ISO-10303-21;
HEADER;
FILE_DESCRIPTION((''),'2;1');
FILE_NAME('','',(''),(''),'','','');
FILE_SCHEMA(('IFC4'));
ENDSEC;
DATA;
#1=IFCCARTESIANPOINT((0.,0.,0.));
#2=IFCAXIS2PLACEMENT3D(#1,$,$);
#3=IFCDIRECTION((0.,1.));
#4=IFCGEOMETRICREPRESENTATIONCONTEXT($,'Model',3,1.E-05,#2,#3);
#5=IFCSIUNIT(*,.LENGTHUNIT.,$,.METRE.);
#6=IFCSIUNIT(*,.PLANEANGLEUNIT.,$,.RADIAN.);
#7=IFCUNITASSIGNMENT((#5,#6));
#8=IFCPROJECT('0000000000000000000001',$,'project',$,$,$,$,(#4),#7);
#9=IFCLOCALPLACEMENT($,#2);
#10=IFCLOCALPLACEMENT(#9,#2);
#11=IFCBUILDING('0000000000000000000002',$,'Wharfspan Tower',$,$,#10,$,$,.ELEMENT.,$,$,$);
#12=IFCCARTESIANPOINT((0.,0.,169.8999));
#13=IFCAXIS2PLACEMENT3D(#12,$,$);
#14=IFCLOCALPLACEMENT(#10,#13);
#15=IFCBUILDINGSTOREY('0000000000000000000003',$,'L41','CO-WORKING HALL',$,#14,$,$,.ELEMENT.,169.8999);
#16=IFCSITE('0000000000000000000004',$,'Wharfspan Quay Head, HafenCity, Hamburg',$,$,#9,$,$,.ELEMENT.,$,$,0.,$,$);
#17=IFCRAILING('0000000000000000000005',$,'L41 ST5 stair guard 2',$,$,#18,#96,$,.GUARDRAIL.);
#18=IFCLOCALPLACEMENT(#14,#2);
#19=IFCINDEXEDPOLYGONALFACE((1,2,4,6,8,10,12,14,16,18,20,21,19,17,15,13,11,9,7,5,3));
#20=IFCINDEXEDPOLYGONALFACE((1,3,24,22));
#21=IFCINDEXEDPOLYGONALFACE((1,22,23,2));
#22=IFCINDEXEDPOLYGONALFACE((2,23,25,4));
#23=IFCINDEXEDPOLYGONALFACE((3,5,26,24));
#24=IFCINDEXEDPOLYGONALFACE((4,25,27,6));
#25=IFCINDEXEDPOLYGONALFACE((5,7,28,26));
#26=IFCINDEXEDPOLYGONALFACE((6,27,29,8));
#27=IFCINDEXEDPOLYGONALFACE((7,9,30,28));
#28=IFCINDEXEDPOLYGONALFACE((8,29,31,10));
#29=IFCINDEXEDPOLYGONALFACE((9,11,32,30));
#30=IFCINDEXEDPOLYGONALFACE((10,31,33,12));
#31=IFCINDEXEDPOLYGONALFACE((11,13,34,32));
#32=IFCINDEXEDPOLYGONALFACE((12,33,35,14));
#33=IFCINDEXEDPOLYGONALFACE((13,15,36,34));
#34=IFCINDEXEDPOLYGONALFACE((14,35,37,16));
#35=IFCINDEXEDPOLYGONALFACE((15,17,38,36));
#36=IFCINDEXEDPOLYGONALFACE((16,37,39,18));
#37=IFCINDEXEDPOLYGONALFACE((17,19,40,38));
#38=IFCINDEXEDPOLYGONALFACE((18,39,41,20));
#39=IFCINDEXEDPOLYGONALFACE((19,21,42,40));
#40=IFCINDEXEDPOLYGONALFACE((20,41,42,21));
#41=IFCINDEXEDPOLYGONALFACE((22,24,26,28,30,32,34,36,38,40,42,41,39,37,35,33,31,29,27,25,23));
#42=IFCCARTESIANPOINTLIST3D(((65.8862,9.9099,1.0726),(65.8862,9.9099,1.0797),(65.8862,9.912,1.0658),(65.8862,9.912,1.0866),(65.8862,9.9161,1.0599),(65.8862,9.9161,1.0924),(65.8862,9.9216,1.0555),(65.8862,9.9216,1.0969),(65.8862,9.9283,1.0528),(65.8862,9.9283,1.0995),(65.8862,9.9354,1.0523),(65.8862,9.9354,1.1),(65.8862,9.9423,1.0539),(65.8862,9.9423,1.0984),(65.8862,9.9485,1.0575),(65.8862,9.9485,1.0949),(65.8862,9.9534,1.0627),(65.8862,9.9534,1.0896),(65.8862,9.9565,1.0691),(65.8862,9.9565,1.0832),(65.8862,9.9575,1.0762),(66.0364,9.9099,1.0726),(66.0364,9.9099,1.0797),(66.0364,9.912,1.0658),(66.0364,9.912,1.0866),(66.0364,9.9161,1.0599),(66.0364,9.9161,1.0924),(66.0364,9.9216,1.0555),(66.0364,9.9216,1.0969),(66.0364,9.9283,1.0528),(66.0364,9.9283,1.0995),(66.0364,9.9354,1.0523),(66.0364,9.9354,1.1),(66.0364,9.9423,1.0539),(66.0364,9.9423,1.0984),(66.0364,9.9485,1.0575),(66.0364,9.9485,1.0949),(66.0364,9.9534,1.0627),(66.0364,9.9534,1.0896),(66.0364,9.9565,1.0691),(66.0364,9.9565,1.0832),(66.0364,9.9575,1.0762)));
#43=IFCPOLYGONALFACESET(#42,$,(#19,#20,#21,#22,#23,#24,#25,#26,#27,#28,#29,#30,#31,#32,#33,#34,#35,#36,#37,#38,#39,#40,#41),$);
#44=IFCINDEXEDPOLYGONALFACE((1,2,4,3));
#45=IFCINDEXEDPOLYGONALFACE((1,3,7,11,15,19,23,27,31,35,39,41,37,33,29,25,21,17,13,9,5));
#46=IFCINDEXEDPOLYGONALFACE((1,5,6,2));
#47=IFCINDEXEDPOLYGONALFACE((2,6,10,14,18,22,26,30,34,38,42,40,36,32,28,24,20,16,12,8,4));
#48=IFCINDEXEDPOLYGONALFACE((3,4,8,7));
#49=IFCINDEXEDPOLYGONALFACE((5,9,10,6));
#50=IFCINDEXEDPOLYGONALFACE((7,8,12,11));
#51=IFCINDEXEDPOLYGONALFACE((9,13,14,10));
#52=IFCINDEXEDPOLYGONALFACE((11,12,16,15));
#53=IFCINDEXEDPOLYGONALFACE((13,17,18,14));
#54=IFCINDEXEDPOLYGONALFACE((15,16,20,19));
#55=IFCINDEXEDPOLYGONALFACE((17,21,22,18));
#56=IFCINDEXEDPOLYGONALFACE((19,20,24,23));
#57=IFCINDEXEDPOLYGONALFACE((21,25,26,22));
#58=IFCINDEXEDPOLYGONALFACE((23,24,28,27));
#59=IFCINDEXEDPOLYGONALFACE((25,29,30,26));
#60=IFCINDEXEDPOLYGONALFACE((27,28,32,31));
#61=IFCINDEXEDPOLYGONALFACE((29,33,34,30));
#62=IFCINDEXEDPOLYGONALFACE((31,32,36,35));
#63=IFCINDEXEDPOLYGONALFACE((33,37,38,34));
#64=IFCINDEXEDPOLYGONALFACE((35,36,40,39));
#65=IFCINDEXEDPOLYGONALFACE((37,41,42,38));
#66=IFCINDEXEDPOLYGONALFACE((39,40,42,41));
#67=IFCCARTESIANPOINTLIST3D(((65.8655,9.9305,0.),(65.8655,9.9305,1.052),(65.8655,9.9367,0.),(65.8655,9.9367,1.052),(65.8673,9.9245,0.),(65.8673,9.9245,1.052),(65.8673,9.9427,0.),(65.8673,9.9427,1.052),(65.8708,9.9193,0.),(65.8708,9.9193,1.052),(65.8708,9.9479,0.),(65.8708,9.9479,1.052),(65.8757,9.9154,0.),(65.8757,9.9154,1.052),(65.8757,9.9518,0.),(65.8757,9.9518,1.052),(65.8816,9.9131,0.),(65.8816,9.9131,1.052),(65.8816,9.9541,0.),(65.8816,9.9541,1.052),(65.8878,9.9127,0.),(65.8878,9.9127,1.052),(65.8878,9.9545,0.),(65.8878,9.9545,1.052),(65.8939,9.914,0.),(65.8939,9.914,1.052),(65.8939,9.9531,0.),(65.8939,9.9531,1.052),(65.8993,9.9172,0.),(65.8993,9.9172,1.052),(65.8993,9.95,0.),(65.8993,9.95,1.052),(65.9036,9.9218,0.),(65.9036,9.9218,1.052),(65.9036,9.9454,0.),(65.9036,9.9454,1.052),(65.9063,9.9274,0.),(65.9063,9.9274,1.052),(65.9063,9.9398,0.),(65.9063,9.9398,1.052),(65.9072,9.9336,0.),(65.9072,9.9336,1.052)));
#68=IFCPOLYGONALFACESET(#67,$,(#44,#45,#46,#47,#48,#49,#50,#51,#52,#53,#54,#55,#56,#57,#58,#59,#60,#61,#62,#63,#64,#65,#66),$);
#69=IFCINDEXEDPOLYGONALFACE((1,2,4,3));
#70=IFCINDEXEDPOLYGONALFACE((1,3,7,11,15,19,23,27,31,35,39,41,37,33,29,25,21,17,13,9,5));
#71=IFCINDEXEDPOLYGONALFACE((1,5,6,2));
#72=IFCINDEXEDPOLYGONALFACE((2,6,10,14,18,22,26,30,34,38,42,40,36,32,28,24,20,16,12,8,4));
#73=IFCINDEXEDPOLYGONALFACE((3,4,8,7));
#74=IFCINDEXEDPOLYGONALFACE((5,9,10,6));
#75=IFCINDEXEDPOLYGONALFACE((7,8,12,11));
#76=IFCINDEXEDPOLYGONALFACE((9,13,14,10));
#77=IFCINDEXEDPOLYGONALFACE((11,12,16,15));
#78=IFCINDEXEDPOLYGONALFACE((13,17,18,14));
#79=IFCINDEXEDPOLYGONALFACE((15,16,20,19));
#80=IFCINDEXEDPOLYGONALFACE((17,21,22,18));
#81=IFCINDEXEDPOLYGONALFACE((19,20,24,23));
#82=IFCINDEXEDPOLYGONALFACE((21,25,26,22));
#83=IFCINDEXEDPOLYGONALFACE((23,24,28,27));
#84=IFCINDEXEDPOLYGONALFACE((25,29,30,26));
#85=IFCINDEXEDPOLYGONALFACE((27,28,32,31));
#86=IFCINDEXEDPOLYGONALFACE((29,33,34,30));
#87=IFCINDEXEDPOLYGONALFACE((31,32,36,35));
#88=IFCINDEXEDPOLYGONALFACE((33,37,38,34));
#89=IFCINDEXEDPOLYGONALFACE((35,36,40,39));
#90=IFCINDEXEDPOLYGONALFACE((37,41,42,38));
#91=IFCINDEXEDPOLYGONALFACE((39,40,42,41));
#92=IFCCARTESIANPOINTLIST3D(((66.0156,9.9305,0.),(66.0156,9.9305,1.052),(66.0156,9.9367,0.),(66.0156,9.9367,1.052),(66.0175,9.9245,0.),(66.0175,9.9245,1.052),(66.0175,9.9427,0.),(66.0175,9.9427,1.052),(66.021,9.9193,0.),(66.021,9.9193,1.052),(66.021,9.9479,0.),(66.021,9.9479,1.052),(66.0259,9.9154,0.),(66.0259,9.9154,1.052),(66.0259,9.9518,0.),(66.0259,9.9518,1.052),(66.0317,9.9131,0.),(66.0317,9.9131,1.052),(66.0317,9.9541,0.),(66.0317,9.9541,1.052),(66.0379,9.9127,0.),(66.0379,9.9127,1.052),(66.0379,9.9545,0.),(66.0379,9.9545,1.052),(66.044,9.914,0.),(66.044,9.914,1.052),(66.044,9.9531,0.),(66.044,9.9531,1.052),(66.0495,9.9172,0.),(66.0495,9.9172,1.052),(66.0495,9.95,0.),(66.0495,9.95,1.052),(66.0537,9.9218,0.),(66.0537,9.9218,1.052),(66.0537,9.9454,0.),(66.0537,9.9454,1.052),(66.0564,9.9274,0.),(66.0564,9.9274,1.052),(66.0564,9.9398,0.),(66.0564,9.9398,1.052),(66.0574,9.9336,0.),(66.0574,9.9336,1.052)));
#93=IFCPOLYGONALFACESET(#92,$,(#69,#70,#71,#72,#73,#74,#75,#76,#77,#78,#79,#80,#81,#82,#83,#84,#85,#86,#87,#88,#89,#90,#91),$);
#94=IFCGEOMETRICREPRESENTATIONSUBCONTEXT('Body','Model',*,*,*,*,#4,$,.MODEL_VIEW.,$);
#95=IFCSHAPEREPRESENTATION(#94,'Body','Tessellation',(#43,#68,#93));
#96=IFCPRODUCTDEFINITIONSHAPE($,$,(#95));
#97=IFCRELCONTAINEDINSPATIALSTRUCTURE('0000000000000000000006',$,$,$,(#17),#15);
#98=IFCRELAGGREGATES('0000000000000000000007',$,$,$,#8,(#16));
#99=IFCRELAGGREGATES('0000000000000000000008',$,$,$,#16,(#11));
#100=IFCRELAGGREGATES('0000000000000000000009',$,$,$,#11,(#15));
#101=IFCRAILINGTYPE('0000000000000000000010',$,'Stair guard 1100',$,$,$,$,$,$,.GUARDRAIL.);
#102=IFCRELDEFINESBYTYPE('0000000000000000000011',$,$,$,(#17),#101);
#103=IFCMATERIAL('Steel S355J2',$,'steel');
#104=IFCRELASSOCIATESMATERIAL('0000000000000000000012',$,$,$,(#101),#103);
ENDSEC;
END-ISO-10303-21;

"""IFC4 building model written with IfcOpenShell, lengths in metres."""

from ifc_helpers import new_model, si_unit, direction, frame, origin, origin_2d, place, context, subcontext, project, spatial, circle, extrude, material, type_object, element, save


model = new_model("IFC4")

# Units and contexts
model_context = context("Model", 3, precision=1e-05, world=origin(), true_north=direction((0.0, 1.0)))
body_context = subcontext(model_context, "Body", "Model", "MODEL_VIEW")
ifc_project = project(units=[si_unit("LENGTHUNIT", "METRE"), si_unit("PLANEANGLEUNIT", "RADIAN")], contexts=[model_context])

# Site, building, storey
site_placement = place(None, origin())
site = spatial("IfcSite", under=ifc_project, at=site_placement, Name="Wharfspan Quay Head, HafenCity, Hamburg", CompositionType="ELEMENT", RefElevation=0.0)
building_placement = place(site_placement, origin())
building = spatial("IfcBuilding", under=site, at=building_placement, Name="Wharfspan Tower", CompositionType="ELEMENT")
storey_placement = place(building_placement, frame((0.0, 0.0, 169.8999)))
storey = spatial("IfcBuildingStorey", under=building, at=storey_placement, Name="L41", Description="CO-WORKING HALL", CompositionType="ELEMENT", Elevation=169.8999)

# Shared definitions
ifc_material_1 = material(Name="Steel S355J2", Category="steel")

# Railing
railing_type_1 = type_object("IfcRailingType", Name="Stair guard 1100", PredefinedType="GUARDRAIL", material=ifc_material_1)
railing_1_placement = place(storey_placement, frame((65.8862, 9.9336, 0.0)))
element("IfcRailing", 1, at=railing_1_placement, inside=storey, type_object=railing_type_1, Name="L41 ST5 stair guard 2", PredefinedType="GUARDRAIL", context=body_context, shape_type="SweptSolid", body=[
    extrude(circle(Radius=0.0239, at=origin_2d()), frame((0.0, 0.0, 1.0762), z_axis=(1.0, 0.0, 0.0), x_axis=(0.0, 1.0, 0.0)), (0.0, 0.0, 1.0), 0.1501),
    extrude(circle(Radius=0.021, at=origin_2d()), origin(), (0.0, 0.0, 1.0), 1.052),
    extrude(circle(Radius=0.021, at=origin_2d()), frame((0.1501, 0.0, 0.0)), (0.0, 0.0, 1.0), 1.052),
])

save(model, "model.ifc")
